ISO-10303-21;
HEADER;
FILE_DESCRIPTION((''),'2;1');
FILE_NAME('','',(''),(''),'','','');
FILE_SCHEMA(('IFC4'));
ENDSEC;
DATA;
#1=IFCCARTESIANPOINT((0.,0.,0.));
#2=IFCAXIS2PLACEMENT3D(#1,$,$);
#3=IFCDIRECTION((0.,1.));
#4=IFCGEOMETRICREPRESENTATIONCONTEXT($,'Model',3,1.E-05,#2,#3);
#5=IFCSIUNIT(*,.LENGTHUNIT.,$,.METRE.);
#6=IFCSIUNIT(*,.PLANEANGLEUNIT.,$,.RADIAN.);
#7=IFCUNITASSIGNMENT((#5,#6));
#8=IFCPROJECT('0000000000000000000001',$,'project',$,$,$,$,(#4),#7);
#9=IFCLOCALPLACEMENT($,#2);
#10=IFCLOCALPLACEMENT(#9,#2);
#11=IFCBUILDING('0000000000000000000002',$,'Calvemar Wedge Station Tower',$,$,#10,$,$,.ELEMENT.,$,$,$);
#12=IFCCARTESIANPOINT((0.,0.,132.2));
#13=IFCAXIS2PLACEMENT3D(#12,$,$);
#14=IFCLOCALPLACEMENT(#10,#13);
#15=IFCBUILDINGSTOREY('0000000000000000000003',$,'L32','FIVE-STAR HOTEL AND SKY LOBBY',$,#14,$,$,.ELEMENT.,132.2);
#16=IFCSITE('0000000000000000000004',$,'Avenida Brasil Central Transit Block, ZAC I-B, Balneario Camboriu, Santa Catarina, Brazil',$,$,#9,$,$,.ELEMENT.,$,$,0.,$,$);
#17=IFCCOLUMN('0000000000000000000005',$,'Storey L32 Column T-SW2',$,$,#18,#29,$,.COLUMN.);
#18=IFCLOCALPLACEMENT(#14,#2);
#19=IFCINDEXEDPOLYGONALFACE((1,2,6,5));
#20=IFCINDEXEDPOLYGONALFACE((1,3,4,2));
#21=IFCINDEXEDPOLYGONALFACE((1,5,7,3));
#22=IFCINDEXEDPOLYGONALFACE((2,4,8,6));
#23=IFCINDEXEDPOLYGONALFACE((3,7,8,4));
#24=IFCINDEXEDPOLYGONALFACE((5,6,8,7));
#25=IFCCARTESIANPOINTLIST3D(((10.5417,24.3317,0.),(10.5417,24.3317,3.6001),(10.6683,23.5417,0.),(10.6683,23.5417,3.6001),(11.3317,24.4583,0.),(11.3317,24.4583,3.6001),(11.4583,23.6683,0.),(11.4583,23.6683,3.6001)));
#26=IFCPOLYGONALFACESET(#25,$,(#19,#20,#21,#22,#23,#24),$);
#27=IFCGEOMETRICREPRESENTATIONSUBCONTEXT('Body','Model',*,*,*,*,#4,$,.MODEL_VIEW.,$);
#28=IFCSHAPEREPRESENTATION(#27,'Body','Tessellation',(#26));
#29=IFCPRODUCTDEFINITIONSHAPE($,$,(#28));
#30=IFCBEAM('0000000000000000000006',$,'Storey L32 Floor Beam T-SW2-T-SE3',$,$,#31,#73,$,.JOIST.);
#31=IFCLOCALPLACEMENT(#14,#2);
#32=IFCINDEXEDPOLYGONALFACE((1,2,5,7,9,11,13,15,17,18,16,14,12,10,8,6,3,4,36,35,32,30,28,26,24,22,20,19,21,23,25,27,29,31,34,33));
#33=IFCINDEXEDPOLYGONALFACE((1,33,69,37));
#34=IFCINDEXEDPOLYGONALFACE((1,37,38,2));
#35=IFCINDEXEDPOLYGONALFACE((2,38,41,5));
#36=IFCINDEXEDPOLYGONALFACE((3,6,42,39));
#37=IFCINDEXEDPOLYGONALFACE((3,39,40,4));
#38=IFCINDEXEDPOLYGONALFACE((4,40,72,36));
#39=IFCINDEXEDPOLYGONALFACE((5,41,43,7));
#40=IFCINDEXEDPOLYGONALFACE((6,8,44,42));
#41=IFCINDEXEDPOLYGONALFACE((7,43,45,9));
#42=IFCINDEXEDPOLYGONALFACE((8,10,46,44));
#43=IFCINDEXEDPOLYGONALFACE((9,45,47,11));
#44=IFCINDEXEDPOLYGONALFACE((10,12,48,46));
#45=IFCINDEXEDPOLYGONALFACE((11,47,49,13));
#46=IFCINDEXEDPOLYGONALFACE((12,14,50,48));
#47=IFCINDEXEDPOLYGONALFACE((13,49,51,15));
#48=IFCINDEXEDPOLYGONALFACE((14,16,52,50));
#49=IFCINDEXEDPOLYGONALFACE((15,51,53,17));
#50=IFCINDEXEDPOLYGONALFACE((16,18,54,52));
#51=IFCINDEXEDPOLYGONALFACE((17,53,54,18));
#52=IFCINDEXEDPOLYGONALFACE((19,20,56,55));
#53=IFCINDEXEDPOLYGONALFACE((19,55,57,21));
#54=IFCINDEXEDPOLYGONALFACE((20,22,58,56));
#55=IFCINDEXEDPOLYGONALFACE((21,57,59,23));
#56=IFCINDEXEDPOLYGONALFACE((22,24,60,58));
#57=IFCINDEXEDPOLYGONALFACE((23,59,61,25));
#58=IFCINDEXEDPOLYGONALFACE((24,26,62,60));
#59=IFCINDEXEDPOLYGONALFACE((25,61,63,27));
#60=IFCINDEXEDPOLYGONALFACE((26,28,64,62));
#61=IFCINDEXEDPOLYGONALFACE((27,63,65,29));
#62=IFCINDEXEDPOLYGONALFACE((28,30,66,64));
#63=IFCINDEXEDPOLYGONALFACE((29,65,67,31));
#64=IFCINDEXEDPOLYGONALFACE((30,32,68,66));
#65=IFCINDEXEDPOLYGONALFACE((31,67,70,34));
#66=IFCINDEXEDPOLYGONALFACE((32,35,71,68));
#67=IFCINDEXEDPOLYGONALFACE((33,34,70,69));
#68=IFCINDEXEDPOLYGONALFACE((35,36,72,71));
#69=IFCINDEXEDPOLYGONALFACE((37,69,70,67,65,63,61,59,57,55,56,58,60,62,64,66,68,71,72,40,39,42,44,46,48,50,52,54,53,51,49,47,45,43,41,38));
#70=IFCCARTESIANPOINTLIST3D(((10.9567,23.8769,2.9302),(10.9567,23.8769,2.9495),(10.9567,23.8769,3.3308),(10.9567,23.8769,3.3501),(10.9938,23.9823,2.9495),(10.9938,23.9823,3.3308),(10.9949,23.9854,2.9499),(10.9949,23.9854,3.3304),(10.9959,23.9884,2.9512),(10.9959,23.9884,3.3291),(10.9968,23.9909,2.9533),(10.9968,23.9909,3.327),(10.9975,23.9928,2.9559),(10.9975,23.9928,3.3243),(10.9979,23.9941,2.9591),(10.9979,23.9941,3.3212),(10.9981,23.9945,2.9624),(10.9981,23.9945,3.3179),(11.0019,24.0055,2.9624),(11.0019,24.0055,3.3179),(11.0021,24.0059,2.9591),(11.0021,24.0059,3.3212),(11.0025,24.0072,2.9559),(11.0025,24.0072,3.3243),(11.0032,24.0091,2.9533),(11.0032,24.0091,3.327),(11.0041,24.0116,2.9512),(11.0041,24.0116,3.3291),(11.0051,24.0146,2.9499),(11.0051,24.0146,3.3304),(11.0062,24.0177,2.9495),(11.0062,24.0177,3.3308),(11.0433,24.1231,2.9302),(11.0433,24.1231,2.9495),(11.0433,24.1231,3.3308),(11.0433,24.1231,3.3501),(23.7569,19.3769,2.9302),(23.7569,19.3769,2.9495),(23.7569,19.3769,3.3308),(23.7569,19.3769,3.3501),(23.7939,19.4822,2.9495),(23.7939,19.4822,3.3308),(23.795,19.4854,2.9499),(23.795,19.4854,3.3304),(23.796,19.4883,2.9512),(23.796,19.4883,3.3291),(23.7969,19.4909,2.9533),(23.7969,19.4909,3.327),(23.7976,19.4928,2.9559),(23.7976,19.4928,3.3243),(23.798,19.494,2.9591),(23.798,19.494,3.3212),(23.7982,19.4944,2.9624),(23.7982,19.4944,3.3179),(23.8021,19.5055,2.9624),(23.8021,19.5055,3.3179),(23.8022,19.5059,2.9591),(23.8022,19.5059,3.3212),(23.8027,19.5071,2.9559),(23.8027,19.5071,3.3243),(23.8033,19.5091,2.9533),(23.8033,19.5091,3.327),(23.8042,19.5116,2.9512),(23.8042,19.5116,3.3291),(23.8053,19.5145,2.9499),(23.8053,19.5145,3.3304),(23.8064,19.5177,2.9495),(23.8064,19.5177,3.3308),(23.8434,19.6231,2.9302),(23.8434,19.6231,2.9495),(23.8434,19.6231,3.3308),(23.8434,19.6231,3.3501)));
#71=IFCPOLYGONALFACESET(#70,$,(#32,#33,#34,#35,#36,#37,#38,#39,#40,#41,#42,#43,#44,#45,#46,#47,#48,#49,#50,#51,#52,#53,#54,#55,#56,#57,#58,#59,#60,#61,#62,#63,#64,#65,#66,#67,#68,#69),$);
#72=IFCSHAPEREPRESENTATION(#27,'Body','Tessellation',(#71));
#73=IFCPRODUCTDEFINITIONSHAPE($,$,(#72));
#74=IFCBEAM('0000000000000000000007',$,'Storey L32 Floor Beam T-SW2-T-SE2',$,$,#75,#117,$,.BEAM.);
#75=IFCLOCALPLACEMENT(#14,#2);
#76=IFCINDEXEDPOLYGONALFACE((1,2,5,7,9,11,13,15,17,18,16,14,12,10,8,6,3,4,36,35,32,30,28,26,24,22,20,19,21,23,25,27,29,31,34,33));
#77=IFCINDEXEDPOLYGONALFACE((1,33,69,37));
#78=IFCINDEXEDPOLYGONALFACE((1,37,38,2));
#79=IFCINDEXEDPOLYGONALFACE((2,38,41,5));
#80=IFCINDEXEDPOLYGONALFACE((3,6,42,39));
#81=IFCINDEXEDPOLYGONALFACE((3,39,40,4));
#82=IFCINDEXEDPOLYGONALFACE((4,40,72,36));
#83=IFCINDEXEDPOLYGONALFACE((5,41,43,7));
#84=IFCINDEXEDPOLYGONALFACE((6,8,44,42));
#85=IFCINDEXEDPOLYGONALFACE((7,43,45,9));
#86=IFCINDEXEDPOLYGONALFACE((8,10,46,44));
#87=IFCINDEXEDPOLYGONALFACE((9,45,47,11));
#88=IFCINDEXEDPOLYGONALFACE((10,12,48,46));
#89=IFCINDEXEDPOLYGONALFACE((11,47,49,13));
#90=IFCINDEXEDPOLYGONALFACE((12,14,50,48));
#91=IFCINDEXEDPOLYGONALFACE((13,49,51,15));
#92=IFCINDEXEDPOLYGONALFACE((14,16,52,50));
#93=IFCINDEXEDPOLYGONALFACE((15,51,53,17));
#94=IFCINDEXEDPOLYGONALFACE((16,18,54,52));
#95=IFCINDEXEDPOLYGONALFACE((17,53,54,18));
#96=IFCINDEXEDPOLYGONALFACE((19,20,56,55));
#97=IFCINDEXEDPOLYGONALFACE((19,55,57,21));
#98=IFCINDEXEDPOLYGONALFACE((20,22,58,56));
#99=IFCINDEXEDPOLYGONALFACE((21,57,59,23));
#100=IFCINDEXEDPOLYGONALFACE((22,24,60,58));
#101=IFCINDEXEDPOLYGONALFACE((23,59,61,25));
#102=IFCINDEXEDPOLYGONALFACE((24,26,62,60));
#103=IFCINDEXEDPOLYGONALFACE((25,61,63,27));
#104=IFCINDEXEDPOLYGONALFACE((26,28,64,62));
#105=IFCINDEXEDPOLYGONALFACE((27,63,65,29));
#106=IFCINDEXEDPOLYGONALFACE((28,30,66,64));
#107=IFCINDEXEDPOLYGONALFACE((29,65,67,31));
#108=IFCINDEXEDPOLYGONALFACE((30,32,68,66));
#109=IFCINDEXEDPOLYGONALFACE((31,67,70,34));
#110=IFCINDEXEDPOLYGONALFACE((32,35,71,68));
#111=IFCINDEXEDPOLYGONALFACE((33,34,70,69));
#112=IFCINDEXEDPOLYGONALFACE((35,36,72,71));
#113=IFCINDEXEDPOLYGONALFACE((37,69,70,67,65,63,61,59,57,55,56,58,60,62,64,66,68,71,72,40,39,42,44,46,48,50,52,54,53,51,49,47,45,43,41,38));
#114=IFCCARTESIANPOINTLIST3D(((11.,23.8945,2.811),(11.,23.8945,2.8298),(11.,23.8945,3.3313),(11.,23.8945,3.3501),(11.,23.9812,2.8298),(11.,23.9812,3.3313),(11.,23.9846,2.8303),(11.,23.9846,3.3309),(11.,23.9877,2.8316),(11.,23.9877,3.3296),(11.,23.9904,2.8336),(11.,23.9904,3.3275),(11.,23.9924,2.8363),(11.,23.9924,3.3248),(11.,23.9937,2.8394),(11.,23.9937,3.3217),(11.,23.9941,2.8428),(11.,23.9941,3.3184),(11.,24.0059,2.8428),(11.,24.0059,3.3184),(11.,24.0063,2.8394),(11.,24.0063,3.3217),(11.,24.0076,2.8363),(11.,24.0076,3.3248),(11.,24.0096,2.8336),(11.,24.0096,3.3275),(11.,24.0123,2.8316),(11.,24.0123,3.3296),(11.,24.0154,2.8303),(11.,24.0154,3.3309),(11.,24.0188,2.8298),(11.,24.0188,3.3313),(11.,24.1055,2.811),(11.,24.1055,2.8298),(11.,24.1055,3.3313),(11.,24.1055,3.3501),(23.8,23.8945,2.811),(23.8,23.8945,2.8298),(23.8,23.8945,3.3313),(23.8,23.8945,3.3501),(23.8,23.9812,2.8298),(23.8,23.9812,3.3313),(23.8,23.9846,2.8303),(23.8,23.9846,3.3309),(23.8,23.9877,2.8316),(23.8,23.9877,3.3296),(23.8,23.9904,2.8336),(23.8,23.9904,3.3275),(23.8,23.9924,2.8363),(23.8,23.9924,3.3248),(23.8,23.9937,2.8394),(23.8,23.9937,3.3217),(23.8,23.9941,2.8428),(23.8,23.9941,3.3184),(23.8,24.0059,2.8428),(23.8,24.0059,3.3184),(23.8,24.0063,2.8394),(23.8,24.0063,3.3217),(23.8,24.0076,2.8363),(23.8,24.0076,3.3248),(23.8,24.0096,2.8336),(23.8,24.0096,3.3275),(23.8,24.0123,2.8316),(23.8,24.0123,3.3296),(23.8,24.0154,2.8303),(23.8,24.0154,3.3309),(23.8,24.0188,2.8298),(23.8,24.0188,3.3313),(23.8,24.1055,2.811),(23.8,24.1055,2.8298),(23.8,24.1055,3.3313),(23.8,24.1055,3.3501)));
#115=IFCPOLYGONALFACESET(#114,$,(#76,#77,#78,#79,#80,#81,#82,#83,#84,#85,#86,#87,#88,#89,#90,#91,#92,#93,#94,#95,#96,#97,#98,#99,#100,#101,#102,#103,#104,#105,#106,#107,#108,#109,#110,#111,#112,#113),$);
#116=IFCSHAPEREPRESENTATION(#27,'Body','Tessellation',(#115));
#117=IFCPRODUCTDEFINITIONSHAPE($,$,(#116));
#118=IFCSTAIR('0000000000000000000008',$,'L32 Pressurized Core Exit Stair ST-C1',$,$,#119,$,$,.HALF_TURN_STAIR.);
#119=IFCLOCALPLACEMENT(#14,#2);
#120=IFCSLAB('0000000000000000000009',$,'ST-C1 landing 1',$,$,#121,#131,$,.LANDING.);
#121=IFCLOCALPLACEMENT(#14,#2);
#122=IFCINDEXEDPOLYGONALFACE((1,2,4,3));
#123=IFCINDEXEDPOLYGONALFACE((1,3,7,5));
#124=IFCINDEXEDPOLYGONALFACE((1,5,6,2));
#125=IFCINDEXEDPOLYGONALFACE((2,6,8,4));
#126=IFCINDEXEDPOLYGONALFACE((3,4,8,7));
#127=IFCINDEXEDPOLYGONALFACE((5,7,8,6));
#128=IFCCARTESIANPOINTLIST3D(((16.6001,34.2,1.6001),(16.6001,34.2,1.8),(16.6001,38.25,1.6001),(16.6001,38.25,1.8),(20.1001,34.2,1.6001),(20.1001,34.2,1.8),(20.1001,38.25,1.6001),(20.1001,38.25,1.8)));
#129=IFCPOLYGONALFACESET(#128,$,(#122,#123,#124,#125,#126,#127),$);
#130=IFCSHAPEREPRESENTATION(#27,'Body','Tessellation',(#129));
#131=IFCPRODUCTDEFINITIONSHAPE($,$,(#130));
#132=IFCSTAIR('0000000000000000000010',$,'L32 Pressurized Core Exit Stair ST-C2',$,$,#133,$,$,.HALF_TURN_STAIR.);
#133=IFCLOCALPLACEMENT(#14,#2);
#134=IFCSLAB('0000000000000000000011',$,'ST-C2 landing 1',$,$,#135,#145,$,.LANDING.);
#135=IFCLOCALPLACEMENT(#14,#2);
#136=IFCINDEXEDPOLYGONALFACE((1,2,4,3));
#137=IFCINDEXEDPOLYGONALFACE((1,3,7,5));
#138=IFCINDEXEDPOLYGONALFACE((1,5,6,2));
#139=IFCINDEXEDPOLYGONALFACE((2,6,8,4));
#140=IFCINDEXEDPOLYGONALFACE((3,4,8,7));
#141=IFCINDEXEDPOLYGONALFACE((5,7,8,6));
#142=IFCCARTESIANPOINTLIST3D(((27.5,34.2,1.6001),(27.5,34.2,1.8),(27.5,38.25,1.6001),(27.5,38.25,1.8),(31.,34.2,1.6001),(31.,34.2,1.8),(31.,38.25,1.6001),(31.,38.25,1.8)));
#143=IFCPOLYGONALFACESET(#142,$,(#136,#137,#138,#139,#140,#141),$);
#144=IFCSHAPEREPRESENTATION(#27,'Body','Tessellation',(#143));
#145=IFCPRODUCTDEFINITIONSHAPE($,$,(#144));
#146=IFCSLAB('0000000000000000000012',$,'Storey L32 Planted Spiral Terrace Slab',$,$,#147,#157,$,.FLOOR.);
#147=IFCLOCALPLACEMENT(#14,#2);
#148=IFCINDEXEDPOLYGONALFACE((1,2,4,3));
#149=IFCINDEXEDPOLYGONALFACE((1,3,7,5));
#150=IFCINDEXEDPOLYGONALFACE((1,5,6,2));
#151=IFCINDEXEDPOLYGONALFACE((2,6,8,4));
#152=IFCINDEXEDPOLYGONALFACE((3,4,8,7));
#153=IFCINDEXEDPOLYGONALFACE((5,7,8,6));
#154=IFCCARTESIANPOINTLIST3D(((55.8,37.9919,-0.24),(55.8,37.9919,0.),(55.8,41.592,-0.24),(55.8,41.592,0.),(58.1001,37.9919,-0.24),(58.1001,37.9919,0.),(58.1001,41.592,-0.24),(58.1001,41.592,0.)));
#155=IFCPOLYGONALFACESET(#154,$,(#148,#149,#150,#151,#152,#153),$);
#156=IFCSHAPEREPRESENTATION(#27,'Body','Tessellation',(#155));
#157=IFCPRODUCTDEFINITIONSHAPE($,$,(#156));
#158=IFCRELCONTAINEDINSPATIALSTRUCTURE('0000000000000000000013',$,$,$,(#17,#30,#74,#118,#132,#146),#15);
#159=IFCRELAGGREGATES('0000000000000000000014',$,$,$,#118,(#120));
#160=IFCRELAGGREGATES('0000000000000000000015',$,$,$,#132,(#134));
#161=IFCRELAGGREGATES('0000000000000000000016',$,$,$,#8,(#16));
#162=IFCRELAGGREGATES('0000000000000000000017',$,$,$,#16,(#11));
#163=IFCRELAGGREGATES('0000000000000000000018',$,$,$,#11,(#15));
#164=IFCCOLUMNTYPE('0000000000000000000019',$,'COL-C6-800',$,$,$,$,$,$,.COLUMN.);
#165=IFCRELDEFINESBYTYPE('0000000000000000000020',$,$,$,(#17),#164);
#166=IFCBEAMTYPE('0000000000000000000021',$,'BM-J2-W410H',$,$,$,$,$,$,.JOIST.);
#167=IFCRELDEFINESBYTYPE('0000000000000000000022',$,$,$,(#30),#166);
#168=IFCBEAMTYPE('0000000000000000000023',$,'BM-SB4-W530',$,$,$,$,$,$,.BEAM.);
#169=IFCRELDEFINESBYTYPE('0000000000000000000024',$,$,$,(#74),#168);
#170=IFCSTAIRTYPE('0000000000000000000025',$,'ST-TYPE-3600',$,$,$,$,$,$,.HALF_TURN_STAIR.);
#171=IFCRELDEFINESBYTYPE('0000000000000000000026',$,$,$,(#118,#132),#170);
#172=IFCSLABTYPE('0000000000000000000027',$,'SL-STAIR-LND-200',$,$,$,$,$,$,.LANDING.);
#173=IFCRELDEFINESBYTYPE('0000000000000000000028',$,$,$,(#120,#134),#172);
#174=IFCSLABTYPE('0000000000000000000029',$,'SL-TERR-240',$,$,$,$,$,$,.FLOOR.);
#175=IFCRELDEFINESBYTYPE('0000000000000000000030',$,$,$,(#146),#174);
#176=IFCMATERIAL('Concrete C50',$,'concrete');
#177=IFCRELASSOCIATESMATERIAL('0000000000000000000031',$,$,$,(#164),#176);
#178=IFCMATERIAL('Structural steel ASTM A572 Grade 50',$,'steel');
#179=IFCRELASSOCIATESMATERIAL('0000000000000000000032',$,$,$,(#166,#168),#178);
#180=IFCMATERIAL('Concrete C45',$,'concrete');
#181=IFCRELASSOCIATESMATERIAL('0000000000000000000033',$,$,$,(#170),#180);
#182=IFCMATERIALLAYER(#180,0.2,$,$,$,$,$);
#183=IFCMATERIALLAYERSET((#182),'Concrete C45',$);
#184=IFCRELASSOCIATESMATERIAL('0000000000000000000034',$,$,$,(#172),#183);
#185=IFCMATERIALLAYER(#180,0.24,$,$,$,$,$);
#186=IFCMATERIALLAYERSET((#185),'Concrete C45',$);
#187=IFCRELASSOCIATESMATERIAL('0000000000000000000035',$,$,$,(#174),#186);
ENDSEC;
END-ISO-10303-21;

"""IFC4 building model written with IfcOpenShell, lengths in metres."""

from ifc_helpers import new_model, si_unit, direction, frame, origin, origin_2d, place, context, subcontext, project, spatial, polyline, rectangle, i_section, outline, extrude, source, transform, mapped, material, layer, layer_set, material_profile, profile_set, type_object, element, aggregate, save


model = new_model("IFC4")

# Units and contexts
model_context = context("Model", 3, precision=1e-05, world=origin(), true_north=direction((0.0, 1.0)))
body_context = subcontext(model_context, "Body", "Model", "MODEL_VIEW")
ifc_project = project(units=[si_unit("LENGTHUNIT", "METRE"), si_unit("PLANEANGLEUNIT", "RADIAN")], contexts=[model_context])

# Site, building, storey
site_placement = place(None, origin())
site = spatial("IfcSite", under=ifc_project, at=site_placement, Name="Avenida Brasil Central Transit Block, ZAC I-B, Balneario Camboriu, Santa Catarina, Brazil", CompositionType="ELEMENT", RefElevation=0.0)
building_placement = place(site_placement, origin())
building = spatial("IfcBuilding", under=site, at=building_placement, Name="Calvemar Wedge Station Tower", CompositionType="ELEMENT")
storey_placement = place(building_placement, frame((0.0, 0.0, 132.2)))
storey = spatial("IfcBuildingStorey", under=building, at=storey_placement, Name="L32", Description="FIVE-STAR HOTEL AND SKY LOBBY", CompositionType="ELEMENT", Elevation=132.2)

# Column
ifc_material_1 = material(Name="Concrete C50", Category="concrete")
ifc_material_profile_1 = material_profile(ifc_material_1, rectangle(XDim=0.8, YDim=0.8, at=origin_2d()), Name="RC800x800")
ifc_profile_set_1 = profile_set([ifc_material_profile_1], Name="Concrete C50")
column_type = type_object("IfcColumnType", Name="COL-C6-800", PredefinedType="COLUMN", material=ifc_profile_set_1)
shared_shape_1 = source(origin(), body_context, "Body", "SweptSolid", [
    extrude(rectangle(XDim=0.8, YDim=0.8, at=origin_2d()), origin(), (0.0, 0.0, 1.0), 3.6001),
])
column_placement = place(storey_placement, frame((11.0, 24.0, 0.0), z_axis=(0.0, 0.0, 1.0), x_axis=(0.158158, -0.987414, 0.0)))
element("IfcColumn", 1, at=column_placement, inside=storey, type_object=column_type, Name="Storey L32 Column T-SW2", PredefinedType="COLUMN", context=body_context, shape_type="MappedRepresentation", body=[
    mapped(shared_shape_1, transform((0.0, 0.0, 0.0), scale=1.0)),
])

# Beams
ifc_material_2 = material(Name="Structural steel ASTM A572 Grade 50", Category="steel")
ifc_material_profile_2 = material_profile(ifc_material_2, i_section(OverallWidth=0.261, OverallDepth=0.4199, WebThickness=0.0117, FlangeThickness=0.0193, FilletRadius=0.0129, at=origin_2d()), Name="W410x114")
ifc_profile_set_2 = profile_set([ifc_material_profile_2], Name="Structural steel ASTM A572 Grade 50")
beam_type_1 = type_object("IfcBeamType", Name="BM-J2-W410H", PredefinedType="JOIST", material=ifc_profile_set_2)
shared_shape_2 = source(origin(), body_context, "Body", "SweptSolid", [
    extrude(i_section(OverallWidth=0.261, OverallDepth=0.4199, WebThickness=0.0117, FlangeThickness=0.0193, FilletRadius=0.0129, at=origin_2d()), origin(), (0.0, 0.0, 1.0), 13.5681),
])
beam_1_placement = place(storey_placement, frame((11.0, 24.0, 3.1401), z_axis=(0.943398, -0.331662, 0.0), x_axis=(0.331662, 0.943398, 0.0)))
element("IfcBeam", 2, at=beam_1_placement, inside=storey, type_object=beam_type_1, Name="Storey L32 Floor Beam T-SW2-T-SE3", PredefinedType="JOIST", context=body_context, shape_type="MappedRepresentation", body=[
    mapped(shared_shape_2, transform((0.0, 0.0, 0.0), scale=1.0)),
])
ifc_material_profile_3 = material_profile(ifc_material_2, i_section(OverallWidth=0.2109, OverallDepth=0.5391, WebThickness=0.0117, FlangeThickness=0.0188, FilletRadius=0.0129, at=origin_2d()), Name="W530x109")
ifc_profile_set_3 = profile_set([ifc_material_profile_3], Name="Structural steel ASTM A572 Grade 50")
beam_type_2 = type_object("IfcBeamType", Name="BM-SB4-W530", PredefinedType="BEAM", material=ifc_profile_set_3)
shared_shape_3 = source(origin(), body_context, "Body", "SweptSolid", [
    extrude(i_section(OverallWidth=0.2109, OverallDepth=0.5391, WebThickness=0.0117, FlangeThickness=0.0188, FilletRadius=0.0129, at=origin_2d()), origin(), (0.0, 0.0, 1.0), 12.8),
])
beam_2_placement = place(storey_placement, frame((11.0, 24.0, 3.0806), z_axis=(1.0, 0.0, 0.0), x_axis=(0.0, 1.0, 0.0)))
element("IfcBeam", 3, at=beam_2_placement, inside=storey, type_object=beam_type_2, Name="Storey L32 Floor Beam T-SW2-T-SE2", PredefinedType="BEAM", context=body_context, shape_type="MappedRepresentation", body=[
    mapped(shared_shape_3, transform((0.0, 0.0, 0.0), scale=1.0)),
])

# Stairs, slabs
ifc_material_3 = material(Name="Concrete C45", Category="concrete")
stair_type = type_object("IfcStairType", Name="ST-TYPE-3600", PredefinedType="HALF_TURN_STAIR", material=ifc_material_3)
stair_1_placement = place(storey_placement, origin())
stair_1 = element("IfcStair", 4, at=stair_1_placement, inside=storey, type_object=stair_type, Name="L32 Pressurized Core Exit Stair ST-C1", PredefinedType="HALF_TURN_STAIR")
ifc_layer_1 = layer(ifc_material_3, 0.2)
ifc_layer_set_1 = layer_set([ifc_layer_1], Name="Concrete C45")
slab_type_1 = type_object("IfcSlabType", Name="SL-STAIR-LND-200", PredefinedType="LANDING", material=ifc_layer_set_1)
slab_1_placement = place(storey_placement, frame((0.0, 0.0, 1.6001)))
slab_1 = element("IfcSlab", 5, at=slab_1_placement, type_object=slab_type_1, Name="ST-C1 landing 1", PredefinedType="LANDING", context=body_context, shape_type="SweptSolid", body=[
    extrude(outline(polyline([(16.6001, 38.25), (16.6001, 34.2), (20.1001, 34.2), (20.1001, 38.25), (16.6001, 38.25)])), origin(), (0.0, 0.0, 1.0), 0.2),
])
aggregate(stair_1, [slab_1])
stair_2_placement = place(storey_placement, origin())
stair_2 = element("IfcStair", 6, at=stair_2_placement, inside=storey, type_object=stair_type, Name="L32 Pressurized Core Exit Stair ST-C2", PredefinedType="HALF_TURN_STAIR")
slab_2_placement = place(storey_placement, frame((0.0, 0.0, 1.6001)))
slab_2 = element("IfcSlab", 7, at=slab_2_placement, type_object=slab_type_1, Name="ST-C2 landing 1", PredefinedType="LANDING", context=body_context, shape_type="SweptSolid", body=[
    extrude(outline(polyline([(27.5, 38.25), (27.5, 34.2), (31.0, 34.2), (31.0, 38.25), (27.5, 38.25)])), origin(), (0.0, 0.0, 1.0), 0.2),
])
aggregate(stair_2, [slab_2])

# Slab
ifc_layer_2 = layer(ifc_material_3, 0.24)
ifc_layer_set_2 = layer_set([ifc_layer_2], Name="Concrete C45")
slab_type_2 = type_object("IfcSlabType", Name="SL-TERR-240", PredefinedType="FLOOR", material=ifc_layer_set_2)
slab_3_placement = place(storey_placement, frame((0.0, 0.0, -0.24)))
element("IfcSlab", 8, at=slab_3_placement, inside=storey, type_object=slab_type_2, Name="Storey L32 Planted Spiral Terrace Slab", PredefinedType="FLOOR", context=body_context, shape_type="SweptSolid", body=[
    extrude(outline(polyline([(55.8, 37.9919), (58.1001, 37.9919), (58.1001, 41.592), (55.8, 41.592), (55.8, 37.9919)])), origin(), (0.0, 0.0, 1.0), 0.24),
])

save(model, "model.ifc")
